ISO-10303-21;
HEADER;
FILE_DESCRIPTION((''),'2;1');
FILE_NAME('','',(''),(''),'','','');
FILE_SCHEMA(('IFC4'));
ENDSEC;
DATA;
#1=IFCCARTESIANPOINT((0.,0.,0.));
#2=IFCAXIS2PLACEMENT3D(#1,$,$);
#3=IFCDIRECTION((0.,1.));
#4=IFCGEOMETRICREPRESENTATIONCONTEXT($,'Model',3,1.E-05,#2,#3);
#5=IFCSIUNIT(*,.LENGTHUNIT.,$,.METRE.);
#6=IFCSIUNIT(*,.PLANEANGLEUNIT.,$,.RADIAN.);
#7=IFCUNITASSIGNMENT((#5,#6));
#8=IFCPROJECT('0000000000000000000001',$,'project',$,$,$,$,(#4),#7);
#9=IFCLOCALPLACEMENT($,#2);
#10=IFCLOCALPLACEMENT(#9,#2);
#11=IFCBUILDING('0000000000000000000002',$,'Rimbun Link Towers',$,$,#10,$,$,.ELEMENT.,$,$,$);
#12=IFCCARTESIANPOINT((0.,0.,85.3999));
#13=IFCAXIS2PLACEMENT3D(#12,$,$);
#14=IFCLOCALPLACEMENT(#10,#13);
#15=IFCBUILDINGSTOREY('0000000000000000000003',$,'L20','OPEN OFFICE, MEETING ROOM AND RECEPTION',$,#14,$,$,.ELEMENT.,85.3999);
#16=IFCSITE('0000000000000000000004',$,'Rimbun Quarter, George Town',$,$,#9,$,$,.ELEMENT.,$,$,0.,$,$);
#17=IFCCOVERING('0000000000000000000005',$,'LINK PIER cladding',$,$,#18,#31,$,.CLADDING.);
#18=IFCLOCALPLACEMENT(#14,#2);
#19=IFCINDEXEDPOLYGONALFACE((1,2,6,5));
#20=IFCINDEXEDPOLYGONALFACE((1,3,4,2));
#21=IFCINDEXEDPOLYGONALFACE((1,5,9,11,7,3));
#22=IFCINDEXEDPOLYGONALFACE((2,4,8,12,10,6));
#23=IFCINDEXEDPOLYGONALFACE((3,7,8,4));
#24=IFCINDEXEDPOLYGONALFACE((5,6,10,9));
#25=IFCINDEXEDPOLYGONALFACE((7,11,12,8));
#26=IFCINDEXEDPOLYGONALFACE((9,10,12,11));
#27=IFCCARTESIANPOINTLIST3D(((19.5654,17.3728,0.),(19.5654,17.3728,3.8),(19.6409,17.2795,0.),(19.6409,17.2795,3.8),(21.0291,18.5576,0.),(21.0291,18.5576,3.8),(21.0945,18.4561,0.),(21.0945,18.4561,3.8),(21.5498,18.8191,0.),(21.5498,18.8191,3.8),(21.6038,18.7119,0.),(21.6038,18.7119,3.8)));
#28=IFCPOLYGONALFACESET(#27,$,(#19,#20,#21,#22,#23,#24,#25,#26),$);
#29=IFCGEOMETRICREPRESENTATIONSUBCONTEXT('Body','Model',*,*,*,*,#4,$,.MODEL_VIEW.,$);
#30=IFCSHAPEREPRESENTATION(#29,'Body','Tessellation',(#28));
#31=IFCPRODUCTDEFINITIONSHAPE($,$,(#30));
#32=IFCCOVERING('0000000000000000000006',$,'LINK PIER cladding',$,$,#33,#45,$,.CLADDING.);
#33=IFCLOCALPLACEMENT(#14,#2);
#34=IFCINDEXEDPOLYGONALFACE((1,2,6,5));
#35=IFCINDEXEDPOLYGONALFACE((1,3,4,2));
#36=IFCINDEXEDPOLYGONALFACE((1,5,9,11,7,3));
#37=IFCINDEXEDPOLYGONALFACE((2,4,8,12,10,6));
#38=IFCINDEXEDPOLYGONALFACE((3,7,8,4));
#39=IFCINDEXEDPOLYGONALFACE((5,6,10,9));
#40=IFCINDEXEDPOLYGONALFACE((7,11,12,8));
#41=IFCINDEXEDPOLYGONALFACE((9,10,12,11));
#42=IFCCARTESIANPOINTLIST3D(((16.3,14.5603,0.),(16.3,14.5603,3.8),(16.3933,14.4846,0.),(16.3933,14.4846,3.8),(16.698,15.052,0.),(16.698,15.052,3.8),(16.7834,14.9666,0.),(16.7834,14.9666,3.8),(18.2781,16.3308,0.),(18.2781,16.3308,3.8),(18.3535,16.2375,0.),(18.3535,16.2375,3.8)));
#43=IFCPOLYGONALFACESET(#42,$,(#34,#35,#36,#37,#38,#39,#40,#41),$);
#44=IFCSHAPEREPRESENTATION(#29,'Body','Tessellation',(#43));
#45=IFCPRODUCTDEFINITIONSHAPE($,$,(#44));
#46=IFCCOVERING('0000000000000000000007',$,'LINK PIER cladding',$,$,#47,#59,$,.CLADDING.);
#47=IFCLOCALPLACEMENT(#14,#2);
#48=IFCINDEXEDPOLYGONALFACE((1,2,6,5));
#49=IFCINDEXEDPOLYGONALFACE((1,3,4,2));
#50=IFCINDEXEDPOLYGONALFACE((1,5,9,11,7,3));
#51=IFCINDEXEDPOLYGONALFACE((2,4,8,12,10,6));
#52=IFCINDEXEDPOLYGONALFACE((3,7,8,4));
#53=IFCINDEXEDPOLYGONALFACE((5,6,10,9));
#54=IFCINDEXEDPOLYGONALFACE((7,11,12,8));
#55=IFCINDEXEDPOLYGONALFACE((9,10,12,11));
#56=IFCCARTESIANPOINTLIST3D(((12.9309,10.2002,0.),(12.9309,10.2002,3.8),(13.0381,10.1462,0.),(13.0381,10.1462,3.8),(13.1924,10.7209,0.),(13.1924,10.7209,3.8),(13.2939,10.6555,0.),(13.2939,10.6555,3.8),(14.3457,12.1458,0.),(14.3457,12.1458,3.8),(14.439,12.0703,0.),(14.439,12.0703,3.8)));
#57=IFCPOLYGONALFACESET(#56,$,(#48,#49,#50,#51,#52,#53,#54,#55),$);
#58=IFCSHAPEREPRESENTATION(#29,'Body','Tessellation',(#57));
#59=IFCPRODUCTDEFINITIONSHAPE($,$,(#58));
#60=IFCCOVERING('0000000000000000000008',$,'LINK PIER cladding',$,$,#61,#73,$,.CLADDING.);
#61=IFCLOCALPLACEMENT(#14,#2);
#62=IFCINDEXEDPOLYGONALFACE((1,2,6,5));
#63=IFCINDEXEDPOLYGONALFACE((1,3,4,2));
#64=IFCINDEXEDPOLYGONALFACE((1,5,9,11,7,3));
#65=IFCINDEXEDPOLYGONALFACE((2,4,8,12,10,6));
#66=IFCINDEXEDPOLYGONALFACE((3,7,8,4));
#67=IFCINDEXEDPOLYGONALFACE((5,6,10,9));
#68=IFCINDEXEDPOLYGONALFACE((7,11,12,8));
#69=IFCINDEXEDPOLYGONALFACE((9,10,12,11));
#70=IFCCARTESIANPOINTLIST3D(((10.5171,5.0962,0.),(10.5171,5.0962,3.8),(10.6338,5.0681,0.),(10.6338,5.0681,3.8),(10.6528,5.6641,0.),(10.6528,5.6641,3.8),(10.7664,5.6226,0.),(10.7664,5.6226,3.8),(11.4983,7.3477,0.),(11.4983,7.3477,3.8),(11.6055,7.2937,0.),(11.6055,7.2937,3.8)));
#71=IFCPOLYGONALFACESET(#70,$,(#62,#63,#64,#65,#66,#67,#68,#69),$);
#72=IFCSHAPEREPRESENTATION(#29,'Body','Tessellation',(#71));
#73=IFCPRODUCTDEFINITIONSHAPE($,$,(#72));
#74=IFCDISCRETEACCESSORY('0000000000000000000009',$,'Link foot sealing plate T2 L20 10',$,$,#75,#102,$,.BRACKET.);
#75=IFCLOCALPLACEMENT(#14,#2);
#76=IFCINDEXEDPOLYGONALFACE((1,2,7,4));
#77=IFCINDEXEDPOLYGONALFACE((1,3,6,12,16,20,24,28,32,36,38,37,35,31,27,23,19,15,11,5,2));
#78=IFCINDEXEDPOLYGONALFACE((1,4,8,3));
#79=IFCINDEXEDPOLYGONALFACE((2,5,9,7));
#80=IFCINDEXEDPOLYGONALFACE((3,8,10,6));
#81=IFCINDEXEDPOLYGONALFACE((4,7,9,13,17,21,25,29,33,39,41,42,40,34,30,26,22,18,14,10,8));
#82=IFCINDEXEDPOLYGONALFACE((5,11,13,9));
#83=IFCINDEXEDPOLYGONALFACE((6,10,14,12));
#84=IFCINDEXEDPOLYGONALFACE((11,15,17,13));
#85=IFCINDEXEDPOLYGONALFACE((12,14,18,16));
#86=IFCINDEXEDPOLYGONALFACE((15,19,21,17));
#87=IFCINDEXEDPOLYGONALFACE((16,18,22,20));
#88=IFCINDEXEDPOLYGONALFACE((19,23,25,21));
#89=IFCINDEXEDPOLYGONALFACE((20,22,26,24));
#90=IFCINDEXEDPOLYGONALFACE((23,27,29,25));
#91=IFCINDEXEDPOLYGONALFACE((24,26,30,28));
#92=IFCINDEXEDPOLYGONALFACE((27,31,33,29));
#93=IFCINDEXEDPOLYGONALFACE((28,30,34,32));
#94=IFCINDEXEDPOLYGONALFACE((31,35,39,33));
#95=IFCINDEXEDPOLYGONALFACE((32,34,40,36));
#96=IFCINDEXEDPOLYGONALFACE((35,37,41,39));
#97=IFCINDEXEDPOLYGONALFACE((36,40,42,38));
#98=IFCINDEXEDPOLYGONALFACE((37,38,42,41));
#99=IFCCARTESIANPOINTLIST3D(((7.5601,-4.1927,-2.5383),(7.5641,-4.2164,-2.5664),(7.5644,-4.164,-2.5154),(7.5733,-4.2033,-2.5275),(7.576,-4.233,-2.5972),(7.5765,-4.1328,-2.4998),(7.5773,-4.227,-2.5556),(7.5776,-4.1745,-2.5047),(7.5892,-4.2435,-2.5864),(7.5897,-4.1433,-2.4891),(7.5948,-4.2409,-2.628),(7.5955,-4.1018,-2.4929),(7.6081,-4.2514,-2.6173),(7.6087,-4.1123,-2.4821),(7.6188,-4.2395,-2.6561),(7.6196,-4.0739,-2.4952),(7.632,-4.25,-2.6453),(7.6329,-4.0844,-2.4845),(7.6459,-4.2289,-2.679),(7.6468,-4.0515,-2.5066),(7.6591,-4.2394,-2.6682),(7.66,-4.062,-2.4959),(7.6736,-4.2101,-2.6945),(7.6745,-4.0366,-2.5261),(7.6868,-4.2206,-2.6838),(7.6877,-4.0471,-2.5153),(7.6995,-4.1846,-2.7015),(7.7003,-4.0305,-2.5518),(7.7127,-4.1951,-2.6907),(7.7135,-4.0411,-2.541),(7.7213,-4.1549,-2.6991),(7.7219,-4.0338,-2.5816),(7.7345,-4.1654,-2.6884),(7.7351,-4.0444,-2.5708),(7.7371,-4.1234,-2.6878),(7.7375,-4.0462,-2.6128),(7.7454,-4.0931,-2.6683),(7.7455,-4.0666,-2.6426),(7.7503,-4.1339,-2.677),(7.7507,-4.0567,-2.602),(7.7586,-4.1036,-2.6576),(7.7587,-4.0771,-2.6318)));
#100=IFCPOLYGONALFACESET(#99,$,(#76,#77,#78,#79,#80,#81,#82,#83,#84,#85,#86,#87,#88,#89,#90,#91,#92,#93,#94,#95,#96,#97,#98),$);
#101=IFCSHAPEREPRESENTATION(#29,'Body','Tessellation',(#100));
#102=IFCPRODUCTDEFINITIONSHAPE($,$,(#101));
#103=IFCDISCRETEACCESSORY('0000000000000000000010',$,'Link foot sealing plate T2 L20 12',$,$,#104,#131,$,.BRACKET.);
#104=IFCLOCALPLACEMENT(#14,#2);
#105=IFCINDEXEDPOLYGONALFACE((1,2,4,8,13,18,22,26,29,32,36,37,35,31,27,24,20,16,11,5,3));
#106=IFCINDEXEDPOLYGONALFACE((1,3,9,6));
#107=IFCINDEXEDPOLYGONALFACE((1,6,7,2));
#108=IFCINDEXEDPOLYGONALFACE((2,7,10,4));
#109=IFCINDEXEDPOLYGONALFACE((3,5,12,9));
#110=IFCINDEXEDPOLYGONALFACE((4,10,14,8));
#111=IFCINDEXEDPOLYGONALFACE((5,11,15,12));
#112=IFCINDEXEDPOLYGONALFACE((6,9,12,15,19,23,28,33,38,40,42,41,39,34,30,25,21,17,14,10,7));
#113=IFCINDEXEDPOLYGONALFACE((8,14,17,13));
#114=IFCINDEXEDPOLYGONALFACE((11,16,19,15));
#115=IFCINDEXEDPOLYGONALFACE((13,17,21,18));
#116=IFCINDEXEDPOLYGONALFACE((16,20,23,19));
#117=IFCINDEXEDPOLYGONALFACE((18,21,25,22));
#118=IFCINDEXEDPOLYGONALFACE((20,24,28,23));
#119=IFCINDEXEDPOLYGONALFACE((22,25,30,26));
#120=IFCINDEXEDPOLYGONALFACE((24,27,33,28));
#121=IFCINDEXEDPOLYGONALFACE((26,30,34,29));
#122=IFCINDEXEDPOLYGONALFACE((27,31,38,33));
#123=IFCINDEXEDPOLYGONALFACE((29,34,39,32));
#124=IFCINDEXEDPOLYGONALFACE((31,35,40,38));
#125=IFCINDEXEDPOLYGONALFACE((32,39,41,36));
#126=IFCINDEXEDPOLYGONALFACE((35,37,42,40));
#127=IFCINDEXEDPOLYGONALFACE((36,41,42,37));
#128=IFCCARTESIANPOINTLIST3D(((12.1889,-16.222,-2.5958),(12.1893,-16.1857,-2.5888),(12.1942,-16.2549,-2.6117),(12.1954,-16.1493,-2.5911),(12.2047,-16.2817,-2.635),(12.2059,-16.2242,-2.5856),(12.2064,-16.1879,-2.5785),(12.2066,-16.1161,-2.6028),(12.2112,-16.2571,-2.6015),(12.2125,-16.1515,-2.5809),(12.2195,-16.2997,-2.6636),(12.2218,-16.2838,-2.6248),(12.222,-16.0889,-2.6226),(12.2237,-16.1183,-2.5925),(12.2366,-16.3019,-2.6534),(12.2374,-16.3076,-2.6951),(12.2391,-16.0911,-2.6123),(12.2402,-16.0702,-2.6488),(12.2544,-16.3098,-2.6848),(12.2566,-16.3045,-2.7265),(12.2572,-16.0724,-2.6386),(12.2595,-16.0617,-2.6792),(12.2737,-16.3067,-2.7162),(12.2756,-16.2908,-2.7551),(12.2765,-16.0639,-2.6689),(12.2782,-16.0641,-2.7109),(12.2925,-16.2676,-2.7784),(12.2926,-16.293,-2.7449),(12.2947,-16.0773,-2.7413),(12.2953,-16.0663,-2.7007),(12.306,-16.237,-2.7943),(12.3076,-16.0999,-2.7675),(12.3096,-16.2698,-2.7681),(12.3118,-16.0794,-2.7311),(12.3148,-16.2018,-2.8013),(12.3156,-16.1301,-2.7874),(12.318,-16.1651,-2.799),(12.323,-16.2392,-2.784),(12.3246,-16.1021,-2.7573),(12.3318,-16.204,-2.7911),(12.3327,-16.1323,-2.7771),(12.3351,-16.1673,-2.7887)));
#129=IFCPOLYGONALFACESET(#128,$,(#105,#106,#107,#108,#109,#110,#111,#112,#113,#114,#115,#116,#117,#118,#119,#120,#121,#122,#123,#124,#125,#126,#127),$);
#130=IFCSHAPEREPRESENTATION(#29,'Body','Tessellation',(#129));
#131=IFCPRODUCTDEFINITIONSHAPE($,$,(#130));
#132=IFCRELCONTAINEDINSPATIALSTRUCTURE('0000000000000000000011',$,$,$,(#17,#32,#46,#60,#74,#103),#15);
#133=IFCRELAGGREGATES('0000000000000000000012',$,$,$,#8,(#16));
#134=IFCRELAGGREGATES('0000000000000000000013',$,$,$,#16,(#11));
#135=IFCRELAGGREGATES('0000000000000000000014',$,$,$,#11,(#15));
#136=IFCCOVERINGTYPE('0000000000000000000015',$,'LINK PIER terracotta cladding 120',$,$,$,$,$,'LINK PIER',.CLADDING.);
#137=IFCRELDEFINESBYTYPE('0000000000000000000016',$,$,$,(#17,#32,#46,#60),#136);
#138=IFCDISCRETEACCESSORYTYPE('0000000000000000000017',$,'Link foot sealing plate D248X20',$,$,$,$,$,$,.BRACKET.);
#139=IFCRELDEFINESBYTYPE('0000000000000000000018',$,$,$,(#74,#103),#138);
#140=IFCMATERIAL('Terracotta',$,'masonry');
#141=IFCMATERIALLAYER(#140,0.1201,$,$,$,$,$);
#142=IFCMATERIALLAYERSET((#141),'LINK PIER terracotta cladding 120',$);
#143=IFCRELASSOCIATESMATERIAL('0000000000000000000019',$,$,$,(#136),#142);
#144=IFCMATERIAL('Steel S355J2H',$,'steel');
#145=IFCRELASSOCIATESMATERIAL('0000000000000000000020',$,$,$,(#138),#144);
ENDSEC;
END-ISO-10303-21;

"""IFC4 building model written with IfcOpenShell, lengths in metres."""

from ifc_helpers import new_model, si_unit, direction, frame, origin, origin_2d, place, context, subcontext, project, spatial, polyline, circle, outline, extrude, material, layer, layer_set, material_profile, profile_set, type_object, element, save


model = new_model("IFC4")

# Units and contexts
model_context = context("Model", 3, precision=1e-05, world=origin(), true_north=direction((0.0, 1.0)))
body_context = subcontext(model_context, "Body", "Model", "MODEL_VIEW")
ifc_project = project(units=[si_unit("LENGTHUNIT", "METRE"), si_unit("PLANEANGLEUNIT", "RADIAN")], contexts=[model_context])

# Site, building, storey
site_placement = place(None, origin())
site = spatial("IfcSite", under=ifc_project, at=site_placement, Name="Rimbun Quarter, George Town", CompositionType="ELEMENT", RefElevation=0.0)
building_placement = place(site_placement, origin())
building = spatial("IfcBuilding", under=site, at=building_placement, Name="Rimbun Link Towers", CompositionType="ELEMENT")
storey_placement = place(building_placement, frame((0.0, 0.0, 85.3999)))
storey = spatial("IfcBuildingStorey", under=building, at=storey_placement, Name="L20", Description="OPEN OFFICE, MEETING ROOM AND RECEPTION", CompositionType="ELEMENT", Elevation=85.3999)

# Coverings
ifc_material_1 = material(Name="Terracotta", Category="masonry")
ifc_layer_1 = layer(ifc_material_1, 0.1201)
ifc_layer_set_1 = layer_set([ifc_layer_1], Name="LINK PIER terracotta cladding 120")
covering_type_1 = type_object("IfcCoveringType", Name="LINK PIER terracotta cladding 120", ElementType="LINK PIER", PredefinedType="CLADDING", material=ifc_layer_set_1)
covering_1_placement = place(storey_placement, origin())
element("IfcCovering", 1, at=covering_1_placement, inside=storey, type_object=covering_type_1, Name="LINK PIER cladding", PredefinedType="CLADDING", context=body_context, shape_type="SweptSolid", body=[
    extrude(outline(polyline([(19.6409, 17.2795), (21.0945, 18.4561), (21.6038, 18.7119), (21.5498, 18.8191), (21.0291, 18.5576), (19.5654, 17.3728), (19.6409, 17.2795)])), origin(), (0.0, 0.0, 1.0), 3.8),
])
covering_2_placement = place(storey_placement, origin())
element("IfcCovering", 2, at=covering_2_placement, inside=storey, type_object=covering_type_1, Name="LINK PIER cladding", PredefinedType="CLADDING", context=body_context, shape_type="SweptSolid", body=[
    extrude(outline(polyline([(16.3933, 14.4846), (16.7834, 14.9666), (18.3535, 16.2375), (18.2781, 16.3308), (16.698, 15.052), (16.3, 14.5603), (16.3933, 14.4846)])), origin(), (0.0, 0.0, 1.0), 3.8),
])
covering_3_placement = place(storey_placement, origin())
element("IfcCovering", 3, at=covering_3_placement, inside=storey, type_object=covering_type_1, Name="LINK PIER cladding", PredefinedType="CLADDING", context=body_context, shape_type="SweptSolid", body=[
    extrude(outline(polyline([(13.0381, 10.1462), (13.2939, 10.6555), (14.439, 12.0703), (14.3457, 12.1458), (13.1924, 10.7209), (12.9309, 10.2002), (13.0381, 10.1462)])), origin(), (0.0, 0.0, 1.0), 3.8),
])
covering_4_placement = place(storey_placement, origin())
element("IfcCovering", 4, at=covering_4_placement, inside=storey, type_object=covering_type_1, Name="LINK PIER cladding", PredefinedType="CLADDING", context=body_context, shape_type="SweptSolid", body=[
    extrude(outline(polyline([(10.6338, 5.0681), (10.7664, 5.6226), (11.6055, 7.2937), (11.4983, 7.3477), (10.6528, 5.6641), (10.5171, 5.0962), (10.6338, 5.0681)])), origin(), (0.0, 0.0, 1.0), 3.8),
])

# Discrete accessories
ifc_material_2 = material(Name="Steel S355J2H", Category="steel")
ifc_material_profile_1 = material_profile(ifc_material_2, circle(Radius=0.124, at=origin_2d()), Name="PL D248")
ifc_profile_set_1 = profile_set([ifc_material_profile_1], Name="Steel S355J2H")
discrete_accessory_type = type_object("IfcDiscreteAccessoryType", Name="Link foot sealing plate D248X20", PredefinedType="BRACKET", material=ifc_profile_set_1)
for number, where, z_axis, x_axis, name in (
    (5, (7.6665, -4.1465, -2.5864), (-0.659666, 0.525289, -0.537505), (-0.622927, -0.78228, 0.0), "Link foot sealing plate T2 L20 10"),
    (6, (12.2703, -16.1868, -2.6848), (-0.852329, 0.109585, -0.511397), (-0.127522, -0.991836, 0.0), "Link foot sealing plate T2 L20 12"),
):
    element("IfcDiscreteAccessory", number, at=place(storey_placement, frame(where, z_axis=z_axis, x_axis=x_axis)), inside=storey, type_object=discrete_accessory_type, Name=name, PredefinedType="BRACKET", context=body_context, shape_type="SweptSolid", body=[
        extrude(circle(Radius=0.124, at=origin_2d()), origin(), (0.0, 0.0, 1.0), 0.02),
    ])

save(model, "model.ifc")
